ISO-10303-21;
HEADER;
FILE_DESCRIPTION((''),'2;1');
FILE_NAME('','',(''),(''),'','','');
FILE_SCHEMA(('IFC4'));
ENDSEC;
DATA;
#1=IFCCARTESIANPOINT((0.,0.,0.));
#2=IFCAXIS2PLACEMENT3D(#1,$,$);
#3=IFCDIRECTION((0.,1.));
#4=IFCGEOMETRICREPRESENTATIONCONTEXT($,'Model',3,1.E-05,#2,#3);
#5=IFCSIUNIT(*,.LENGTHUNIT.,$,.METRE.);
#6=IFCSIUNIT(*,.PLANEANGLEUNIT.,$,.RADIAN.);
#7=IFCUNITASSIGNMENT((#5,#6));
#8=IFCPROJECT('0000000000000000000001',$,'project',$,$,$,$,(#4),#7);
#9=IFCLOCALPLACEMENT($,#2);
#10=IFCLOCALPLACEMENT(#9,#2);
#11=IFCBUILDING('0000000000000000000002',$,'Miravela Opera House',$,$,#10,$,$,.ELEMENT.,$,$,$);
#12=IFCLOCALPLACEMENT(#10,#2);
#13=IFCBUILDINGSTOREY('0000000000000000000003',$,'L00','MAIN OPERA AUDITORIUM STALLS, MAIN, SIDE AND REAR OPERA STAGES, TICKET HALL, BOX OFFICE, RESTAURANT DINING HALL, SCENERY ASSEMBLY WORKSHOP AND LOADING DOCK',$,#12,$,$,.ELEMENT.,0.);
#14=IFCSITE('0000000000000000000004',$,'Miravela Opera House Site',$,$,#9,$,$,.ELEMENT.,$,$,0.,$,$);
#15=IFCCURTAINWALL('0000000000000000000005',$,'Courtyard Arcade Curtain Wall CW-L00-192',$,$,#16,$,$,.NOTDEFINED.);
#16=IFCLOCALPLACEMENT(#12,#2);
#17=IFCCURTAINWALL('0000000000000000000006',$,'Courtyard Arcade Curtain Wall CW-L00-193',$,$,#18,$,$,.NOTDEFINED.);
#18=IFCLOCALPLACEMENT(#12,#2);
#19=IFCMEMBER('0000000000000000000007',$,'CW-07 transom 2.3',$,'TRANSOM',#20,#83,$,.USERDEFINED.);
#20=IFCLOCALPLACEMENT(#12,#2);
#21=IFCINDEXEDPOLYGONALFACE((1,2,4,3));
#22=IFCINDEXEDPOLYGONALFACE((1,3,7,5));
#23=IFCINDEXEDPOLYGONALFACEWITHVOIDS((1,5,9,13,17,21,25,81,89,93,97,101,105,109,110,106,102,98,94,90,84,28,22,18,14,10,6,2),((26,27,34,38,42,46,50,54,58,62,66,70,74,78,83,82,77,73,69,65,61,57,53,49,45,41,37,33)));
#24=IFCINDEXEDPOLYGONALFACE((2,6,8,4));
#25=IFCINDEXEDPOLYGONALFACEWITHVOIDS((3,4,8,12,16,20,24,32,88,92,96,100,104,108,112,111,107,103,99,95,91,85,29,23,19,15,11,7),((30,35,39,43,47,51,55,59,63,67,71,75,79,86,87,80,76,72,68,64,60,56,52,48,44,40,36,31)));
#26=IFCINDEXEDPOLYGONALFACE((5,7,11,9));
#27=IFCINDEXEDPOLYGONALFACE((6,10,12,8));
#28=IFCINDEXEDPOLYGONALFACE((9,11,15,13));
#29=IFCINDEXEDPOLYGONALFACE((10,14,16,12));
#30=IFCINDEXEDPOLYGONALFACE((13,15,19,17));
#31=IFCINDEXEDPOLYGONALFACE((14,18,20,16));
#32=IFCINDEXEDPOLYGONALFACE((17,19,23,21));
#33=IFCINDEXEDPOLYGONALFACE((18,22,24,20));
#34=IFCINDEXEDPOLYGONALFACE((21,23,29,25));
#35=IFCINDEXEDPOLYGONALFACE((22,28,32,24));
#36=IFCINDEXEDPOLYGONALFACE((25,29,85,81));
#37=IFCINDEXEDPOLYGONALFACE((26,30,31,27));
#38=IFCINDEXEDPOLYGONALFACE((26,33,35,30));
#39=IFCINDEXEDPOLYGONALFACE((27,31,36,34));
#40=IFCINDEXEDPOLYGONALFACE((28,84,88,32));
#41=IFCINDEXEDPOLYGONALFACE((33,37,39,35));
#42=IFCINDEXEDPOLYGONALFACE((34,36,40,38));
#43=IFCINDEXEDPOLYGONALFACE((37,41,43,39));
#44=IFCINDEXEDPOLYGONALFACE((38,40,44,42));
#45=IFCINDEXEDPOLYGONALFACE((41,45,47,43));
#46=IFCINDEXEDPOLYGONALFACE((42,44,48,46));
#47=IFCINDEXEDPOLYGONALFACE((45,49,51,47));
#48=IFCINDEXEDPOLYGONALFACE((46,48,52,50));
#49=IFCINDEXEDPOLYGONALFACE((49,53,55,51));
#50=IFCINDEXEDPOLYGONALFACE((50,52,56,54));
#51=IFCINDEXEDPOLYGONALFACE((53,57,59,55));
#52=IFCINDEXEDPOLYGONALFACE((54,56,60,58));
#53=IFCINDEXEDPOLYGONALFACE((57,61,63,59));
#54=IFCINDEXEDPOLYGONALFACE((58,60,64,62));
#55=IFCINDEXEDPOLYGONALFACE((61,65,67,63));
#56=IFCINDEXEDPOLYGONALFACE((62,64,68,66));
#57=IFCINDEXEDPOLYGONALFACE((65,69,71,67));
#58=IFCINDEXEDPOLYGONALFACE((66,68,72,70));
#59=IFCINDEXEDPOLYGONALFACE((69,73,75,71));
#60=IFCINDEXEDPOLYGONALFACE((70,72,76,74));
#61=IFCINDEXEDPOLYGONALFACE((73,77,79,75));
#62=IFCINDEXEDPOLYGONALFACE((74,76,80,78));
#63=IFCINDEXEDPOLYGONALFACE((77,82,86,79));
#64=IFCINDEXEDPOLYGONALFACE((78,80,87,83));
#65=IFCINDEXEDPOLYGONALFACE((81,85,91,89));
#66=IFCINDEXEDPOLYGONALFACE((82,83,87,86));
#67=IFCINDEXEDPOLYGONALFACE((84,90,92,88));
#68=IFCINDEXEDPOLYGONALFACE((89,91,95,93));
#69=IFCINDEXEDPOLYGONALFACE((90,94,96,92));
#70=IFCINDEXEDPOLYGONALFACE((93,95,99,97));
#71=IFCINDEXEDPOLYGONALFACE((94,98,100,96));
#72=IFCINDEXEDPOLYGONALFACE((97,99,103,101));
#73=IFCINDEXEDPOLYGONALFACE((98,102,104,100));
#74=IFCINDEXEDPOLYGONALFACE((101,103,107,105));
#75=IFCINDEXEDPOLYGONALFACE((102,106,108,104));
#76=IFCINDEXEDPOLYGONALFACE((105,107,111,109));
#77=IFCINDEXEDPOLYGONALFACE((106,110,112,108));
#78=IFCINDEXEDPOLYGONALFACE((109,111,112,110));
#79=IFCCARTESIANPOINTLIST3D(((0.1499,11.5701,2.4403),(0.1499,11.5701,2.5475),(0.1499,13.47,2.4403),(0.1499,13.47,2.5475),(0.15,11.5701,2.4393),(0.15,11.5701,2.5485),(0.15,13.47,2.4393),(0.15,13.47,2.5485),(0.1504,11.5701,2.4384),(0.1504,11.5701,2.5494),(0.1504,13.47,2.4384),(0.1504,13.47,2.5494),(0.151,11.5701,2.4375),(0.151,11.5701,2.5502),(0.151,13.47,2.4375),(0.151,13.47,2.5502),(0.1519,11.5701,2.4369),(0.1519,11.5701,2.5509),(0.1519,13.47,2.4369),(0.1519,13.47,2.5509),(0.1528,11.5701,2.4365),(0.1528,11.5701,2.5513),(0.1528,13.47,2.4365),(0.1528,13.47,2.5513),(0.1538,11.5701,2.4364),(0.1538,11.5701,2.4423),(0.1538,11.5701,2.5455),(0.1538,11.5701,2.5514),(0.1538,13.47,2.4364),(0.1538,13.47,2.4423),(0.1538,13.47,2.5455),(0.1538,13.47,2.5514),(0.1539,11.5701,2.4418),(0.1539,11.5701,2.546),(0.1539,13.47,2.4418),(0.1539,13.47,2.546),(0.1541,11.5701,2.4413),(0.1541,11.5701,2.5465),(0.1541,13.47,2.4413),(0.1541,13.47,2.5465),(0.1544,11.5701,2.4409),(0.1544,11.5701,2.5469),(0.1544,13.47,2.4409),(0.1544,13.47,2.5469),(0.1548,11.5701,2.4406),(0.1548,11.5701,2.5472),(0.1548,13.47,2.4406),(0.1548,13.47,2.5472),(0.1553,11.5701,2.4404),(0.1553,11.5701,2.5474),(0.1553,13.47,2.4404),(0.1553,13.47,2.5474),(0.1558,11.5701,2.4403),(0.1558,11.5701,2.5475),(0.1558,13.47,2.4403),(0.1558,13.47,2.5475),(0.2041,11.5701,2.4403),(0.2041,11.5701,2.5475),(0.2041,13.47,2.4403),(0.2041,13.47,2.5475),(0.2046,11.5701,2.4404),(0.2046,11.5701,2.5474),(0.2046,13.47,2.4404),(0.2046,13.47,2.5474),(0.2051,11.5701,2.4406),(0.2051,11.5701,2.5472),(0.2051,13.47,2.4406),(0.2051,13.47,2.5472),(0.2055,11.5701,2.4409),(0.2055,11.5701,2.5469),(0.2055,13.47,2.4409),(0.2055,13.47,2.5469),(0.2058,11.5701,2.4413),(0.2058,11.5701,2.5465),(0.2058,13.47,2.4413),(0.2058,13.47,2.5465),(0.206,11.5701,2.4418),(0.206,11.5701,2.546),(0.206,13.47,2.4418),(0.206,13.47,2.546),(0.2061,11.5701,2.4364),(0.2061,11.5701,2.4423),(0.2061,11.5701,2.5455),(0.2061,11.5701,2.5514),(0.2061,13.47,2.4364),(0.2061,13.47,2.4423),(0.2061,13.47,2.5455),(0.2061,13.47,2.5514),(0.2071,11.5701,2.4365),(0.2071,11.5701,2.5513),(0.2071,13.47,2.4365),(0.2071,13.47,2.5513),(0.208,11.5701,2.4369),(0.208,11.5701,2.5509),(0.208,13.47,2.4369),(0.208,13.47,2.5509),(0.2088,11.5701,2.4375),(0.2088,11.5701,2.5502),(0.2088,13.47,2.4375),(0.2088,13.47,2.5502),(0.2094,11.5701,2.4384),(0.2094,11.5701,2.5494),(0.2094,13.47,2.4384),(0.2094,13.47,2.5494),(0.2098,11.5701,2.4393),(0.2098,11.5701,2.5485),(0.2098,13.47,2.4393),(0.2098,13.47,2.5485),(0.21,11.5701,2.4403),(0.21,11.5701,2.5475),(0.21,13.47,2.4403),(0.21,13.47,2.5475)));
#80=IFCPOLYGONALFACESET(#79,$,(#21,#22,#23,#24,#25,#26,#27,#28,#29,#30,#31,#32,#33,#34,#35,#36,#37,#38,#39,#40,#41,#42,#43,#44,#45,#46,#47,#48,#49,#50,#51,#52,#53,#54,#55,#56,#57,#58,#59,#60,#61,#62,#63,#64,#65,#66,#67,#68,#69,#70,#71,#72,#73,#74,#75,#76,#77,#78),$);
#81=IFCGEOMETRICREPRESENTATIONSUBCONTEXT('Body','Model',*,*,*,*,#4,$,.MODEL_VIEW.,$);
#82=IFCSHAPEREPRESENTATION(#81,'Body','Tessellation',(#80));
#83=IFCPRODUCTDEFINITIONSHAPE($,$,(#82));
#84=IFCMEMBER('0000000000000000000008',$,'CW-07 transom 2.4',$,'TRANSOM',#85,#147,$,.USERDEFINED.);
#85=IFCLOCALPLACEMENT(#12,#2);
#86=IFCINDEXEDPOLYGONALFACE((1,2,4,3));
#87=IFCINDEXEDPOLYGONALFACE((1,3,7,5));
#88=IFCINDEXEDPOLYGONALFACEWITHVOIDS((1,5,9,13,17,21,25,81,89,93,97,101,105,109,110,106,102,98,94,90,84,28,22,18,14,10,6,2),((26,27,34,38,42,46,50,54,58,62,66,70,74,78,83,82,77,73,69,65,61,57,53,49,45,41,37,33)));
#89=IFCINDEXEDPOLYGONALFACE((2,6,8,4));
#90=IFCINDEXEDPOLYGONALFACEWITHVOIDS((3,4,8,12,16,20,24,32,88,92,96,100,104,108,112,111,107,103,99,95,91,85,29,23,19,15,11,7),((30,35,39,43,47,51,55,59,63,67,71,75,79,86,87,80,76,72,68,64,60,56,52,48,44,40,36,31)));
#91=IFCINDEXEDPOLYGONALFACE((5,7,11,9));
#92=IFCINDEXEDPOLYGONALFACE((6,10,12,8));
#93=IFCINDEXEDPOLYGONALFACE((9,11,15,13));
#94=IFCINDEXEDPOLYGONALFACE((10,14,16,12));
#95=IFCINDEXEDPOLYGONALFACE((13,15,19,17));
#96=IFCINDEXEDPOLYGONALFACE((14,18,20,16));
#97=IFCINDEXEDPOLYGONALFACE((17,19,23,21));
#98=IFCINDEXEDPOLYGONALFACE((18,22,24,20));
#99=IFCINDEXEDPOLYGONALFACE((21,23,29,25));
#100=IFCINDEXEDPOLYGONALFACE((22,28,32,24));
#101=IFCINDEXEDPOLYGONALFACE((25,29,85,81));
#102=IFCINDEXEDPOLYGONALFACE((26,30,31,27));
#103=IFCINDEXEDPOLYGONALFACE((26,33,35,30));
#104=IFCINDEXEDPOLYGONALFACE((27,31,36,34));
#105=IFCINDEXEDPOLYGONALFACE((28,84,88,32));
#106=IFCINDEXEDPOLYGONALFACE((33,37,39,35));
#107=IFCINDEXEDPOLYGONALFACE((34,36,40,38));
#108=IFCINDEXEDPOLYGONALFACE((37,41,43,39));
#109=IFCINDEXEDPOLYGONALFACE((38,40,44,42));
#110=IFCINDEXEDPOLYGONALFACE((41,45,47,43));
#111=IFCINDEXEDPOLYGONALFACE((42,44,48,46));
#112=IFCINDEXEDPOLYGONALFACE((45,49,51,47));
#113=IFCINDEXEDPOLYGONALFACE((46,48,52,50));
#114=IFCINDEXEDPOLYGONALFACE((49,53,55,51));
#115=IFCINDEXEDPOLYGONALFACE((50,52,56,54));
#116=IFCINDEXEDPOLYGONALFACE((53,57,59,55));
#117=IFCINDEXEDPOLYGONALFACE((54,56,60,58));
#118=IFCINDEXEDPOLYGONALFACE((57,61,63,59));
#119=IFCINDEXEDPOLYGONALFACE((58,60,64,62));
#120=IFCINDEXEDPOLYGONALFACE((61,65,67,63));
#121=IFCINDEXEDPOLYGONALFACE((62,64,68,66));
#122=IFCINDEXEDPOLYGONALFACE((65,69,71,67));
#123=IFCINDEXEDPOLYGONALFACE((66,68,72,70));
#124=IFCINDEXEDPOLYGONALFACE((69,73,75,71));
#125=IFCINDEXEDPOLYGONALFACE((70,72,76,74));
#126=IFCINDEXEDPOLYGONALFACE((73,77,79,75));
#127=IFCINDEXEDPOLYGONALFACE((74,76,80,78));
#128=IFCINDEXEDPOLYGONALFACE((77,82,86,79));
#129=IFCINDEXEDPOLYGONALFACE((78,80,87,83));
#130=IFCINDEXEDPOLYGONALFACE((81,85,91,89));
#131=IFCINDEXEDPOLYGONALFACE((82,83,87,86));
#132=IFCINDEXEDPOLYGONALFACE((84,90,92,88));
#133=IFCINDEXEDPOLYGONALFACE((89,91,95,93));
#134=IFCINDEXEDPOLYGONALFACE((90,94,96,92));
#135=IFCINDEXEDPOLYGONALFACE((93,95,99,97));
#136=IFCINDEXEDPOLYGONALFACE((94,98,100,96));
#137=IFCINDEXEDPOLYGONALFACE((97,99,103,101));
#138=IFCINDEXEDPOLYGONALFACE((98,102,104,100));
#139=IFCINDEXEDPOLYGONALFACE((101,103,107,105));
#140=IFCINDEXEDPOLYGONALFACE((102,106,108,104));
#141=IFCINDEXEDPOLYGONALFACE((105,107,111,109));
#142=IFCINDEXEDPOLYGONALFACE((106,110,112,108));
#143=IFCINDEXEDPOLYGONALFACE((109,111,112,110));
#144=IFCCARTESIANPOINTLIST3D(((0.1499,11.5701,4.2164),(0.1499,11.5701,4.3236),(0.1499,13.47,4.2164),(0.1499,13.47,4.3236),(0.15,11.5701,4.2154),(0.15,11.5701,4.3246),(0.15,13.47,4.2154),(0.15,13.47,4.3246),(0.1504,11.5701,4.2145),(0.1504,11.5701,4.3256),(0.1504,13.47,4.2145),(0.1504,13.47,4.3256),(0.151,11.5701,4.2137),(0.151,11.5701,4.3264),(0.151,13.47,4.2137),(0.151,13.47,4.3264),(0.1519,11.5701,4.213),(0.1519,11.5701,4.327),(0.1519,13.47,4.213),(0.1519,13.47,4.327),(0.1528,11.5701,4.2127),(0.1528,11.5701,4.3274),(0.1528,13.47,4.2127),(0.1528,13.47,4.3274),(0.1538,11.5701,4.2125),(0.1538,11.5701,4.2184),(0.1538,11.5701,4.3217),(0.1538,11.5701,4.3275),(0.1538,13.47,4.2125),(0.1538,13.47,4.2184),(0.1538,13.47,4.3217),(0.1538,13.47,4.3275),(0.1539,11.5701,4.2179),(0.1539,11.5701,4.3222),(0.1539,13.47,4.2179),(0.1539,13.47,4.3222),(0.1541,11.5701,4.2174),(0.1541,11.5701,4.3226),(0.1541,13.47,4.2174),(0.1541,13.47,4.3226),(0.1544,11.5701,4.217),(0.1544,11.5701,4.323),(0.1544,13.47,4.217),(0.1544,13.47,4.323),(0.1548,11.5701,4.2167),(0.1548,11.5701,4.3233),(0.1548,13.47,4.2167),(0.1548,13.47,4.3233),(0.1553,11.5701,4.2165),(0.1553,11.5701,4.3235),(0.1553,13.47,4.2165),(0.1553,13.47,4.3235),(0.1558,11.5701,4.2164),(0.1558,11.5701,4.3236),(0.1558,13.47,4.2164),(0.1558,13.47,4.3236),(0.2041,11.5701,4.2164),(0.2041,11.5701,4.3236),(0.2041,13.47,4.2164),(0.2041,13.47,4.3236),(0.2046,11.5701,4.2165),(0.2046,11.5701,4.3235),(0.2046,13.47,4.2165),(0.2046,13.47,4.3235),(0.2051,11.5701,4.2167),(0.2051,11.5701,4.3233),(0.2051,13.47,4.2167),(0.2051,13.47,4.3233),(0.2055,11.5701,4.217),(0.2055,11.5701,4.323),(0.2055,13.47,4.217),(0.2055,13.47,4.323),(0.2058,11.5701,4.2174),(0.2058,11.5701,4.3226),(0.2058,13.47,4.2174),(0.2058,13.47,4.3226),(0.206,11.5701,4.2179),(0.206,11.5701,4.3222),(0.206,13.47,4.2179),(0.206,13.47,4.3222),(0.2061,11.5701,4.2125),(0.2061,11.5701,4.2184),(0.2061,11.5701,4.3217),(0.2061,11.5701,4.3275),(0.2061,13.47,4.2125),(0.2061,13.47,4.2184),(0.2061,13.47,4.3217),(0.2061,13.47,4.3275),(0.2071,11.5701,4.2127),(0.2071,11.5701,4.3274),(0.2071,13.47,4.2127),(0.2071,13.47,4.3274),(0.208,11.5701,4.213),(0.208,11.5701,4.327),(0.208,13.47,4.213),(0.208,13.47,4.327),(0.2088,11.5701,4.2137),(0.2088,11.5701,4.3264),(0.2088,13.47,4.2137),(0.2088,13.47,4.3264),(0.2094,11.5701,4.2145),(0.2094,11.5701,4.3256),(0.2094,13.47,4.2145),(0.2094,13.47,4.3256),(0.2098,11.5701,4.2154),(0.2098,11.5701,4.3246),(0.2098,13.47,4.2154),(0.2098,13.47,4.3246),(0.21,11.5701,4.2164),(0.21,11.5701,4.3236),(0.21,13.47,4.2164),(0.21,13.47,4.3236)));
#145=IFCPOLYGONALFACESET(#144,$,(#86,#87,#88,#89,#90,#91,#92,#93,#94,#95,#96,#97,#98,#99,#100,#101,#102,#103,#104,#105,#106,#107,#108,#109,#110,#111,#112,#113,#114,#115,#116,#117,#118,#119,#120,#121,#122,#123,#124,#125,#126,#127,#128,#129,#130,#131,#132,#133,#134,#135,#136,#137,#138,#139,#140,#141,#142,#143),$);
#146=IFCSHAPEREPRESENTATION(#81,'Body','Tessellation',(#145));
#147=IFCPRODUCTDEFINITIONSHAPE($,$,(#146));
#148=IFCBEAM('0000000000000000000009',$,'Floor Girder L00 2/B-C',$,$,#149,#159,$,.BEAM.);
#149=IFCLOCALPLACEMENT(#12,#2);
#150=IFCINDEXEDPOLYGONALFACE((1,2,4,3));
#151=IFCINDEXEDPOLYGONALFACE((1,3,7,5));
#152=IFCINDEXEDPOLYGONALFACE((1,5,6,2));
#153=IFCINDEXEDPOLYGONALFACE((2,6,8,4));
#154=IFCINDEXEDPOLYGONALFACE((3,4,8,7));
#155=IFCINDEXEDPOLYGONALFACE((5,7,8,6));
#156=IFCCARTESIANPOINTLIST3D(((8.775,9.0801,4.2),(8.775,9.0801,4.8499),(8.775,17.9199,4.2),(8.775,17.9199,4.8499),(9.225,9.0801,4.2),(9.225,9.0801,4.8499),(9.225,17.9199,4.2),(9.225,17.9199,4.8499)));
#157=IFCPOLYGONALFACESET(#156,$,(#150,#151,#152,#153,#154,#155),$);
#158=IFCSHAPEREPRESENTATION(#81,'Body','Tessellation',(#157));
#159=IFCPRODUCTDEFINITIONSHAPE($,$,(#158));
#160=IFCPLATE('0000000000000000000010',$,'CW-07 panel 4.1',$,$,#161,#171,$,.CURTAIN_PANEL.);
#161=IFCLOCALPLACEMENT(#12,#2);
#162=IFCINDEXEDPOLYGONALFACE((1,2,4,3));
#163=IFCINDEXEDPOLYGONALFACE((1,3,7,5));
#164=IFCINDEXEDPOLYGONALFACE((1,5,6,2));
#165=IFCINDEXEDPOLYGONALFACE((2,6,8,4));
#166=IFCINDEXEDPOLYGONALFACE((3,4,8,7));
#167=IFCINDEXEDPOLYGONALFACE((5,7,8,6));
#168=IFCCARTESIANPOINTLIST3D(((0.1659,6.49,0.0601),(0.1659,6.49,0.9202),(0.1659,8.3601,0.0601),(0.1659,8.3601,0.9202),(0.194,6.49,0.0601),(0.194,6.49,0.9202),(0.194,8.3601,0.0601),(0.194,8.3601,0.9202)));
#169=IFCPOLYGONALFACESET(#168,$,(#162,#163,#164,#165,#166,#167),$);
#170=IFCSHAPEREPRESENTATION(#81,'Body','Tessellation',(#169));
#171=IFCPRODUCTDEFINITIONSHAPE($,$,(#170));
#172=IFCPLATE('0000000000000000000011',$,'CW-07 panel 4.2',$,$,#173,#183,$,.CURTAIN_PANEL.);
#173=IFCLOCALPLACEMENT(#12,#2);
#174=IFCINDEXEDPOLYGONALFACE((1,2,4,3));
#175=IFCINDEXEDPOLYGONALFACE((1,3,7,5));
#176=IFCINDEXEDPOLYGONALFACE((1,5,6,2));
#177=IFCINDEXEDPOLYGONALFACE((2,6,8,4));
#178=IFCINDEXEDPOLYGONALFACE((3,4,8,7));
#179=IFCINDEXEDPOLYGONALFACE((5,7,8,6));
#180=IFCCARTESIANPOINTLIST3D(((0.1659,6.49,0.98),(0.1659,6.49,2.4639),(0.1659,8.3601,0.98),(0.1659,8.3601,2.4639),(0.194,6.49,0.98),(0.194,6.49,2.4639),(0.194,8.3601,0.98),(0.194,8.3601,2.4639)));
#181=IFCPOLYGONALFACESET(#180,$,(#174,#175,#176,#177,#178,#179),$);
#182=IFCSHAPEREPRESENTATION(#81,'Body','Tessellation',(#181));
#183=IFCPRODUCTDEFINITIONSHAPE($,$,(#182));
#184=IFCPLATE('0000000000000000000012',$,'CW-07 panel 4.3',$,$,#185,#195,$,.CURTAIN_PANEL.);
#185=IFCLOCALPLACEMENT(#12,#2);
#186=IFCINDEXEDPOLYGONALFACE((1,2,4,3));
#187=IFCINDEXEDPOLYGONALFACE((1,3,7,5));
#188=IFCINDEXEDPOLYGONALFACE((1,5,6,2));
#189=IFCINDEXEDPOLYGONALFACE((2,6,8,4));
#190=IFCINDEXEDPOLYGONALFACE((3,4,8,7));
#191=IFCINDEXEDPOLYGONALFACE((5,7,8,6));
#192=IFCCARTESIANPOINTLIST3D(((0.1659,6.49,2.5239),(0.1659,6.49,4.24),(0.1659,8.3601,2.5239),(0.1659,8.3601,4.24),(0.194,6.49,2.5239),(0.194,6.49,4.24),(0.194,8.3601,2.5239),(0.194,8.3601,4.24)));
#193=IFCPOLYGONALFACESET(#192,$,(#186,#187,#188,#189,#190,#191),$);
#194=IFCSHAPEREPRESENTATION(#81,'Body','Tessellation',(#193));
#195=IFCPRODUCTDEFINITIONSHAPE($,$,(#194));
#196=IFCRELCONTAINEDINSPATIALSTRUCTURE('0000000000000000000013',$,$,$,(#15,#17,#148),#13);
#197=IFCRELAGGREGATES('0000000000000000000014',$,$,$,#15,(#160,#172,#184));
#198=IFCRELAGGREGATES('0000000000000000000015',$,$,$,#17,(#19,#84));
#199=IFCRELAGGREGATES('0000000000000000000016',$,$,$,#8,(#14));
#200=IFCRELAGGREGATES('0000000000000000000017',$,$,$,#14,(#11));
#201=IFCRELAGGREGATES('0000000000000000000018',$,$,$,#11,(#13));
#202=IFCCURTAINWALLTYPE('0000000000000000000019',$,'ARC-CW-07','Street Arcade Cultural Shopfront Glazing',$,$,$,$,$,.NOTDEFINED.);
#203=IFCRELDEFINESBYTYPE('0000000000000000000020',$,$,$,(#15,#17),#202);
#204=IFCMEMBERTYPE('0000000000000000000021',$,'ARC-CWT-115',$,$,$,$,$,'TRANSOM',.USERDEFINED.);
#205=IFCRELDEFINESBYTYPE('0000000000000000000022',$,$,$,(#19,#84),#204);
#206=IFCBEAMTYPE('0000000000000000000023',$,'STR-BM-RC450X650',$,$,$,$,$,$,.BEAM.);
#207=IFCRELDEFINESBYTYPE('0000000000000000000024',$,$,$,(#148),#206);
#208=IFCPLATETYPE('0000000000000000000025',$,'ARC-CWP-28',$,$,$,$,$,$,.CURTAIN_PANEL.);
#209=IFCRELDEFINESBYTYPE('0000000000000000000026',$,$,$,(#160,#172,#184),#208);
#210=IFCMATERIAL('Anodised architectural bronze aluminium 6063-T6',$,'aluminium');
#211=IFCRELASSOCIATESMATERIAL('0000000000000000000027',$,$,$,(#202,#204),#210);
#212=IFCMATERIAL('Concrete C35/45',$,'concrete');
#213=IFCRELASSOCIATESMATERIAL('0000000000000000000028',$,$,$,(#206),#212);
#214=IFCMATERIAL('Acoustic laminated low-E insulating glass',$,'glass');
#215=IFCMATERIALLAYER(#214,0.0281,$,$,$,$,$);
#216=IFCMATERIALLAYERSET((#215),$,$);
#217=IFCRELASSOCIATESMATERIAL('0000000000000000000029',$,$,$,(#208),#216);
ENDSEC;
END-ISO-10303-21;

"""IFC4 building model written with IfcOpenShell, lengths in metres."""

from ifc_helpers import new_model, si_unit, direction, frame, origin, origin_2d, place, context, subcontext, project, spatial, rectangle, hollow_rectangle, extrude, material, layer, layer_set, material_profile, profile_set, type_object, element, aggregate, save


model = new_model("IFC4")

# Units and contexts
model_context = context("Model", 3, precision=1e-05, world=origin(), true_north=direction((0.0, 1.0)))
body_context = subcontext(model_context, "Body", "Model", "MODEL_VIEW")
ifc_project = project(units=[si_unit("LENGTHUNIT", "METRE"), si_unit("PLANEANGLEUNIT", "RADIAN")], contexts=[model_context])

# Site, building, storey
site_placement = place(None, origin())
site = spatial("IfcSite", under=ifc_project, at=site_placement, Name="Miravela Opera House Site", CompositionType="ELEMENT", RefElevation=0.0)
building_placement = place(site_placement, origin())
building = spatial("IfcBuilding", under=site, at=building_placement, Name="Miravela Opera House", CompositionType="ELEMENT")
storey_placement = place(building_placement, origin())
storey = spatial("IfcBuildingStorey", under=building, at=storey_placement, Name="L00", Description="MAIN OPERA AUDITORIUM STALLS, MAIN, SIDE AND REAR OPERA STAGES, TICKET HALL, BOX OFFICE, RESTAURANT DINING HALL, SCENERY ASSEMBLY WORKSHOP AND LOADING DOCK", CompositionType="ELEMENT", Elevation=0.0)

# Curtain wall
ifc_material_1 = material(Name="Anodised architectural bronze aluminium 6063-T6", Category="aluminium")
curtain_wall_type = type_object("IfcCurtainWallType", Name="ARC-CW-07", Description="Street Arcade Cultural Shopfront Glazing", PredefinedType="NOTDEFINED", material=ifc_material_1)
curtain_wall_1_placement = place(storey_placement, origin())
curtain_wall_1 = element("IfcCurtainWall", 1, at=curtain_wall_1_placement, inside=storey, type_object=curtain_wall_type, Name="Courtyard Arcade Curtain Wall CW-L00-192", PredefinedType="NOTDEFINED")

# Curtain wall
curtain_wall_2_placement = place(storey_placement, origin())
curtain_wall_2 = element("IfcCurtainWall", 2, at=curtain_wall_2_placement, inside=storey, type_object=curtain_wall_type, Name="Courtyard Arcade Curtain Wall CW-L00-193", PredefinedType="NOTDEFINED")

# Members
ifc_material_profile_1 = material_profile(ifc_material_1, hollow_rectangle(XDim=0.0601, YDim=0.115, WallThickness=0.0039, InnerFilletRadius=0.002, OuterFilletRadius=0.0039, at=origin_2d()), Name="CWT-60X115")
ifc_profile_set_1 = profile_set([ifc_material_profile_1])
member_type_1 = type_object("IfcMemberType", Name="ARC-CWT-115", ElementType="TRANSOM", PredefinedType="USERDEFINED", material=ifc_profile_set_1)
member_1_placement = place(storey_placement, frame((0.1799, 11.5701, 2.4939), z_axis=(0.0, 1.0, 0.0), x_axis=(-1.0, 0.0, 0.0)))
member_1 = element("IfcMember", 3, at=member_1_placement, type_object=member_type_1, Name="CW-07 transom 2.3", ObjectType="TRANSOM", PredefinedType="USERDEFINED", context=body_context, shape_type="SweptSolid", body=[
    extrude(hollow_rectangle(XDim=0.0601, YDim=0.115, WallThickness=0.0039, InnerFilletRadius=0.002, OuterFilletRadius=0.0039, at=origin_2d()), origin(), (0.0, 0.0, 1.0), 1.8999),
])
member_2_placement = place(storey_placement, frame((0.1799, 11.5701, 4.27), z_axis=(0.0, 1.0, 0.0), x_axis=(-1.0, 0.0, 0.0)))
member_2 = element("IfcMember", 4, at=member_2_placement, type_object=member_type_1, Name="CW-07 transom 2.4", ObjectType="TRANSOM", PredefinedType="USERDEFINED", context=body_context, shape_type="SweptSolid", body=[
    extrude(hollow_rectangle(XDim=0.0601, YDim=0.115, WallThickness=0.0039, InnerFilletRadius=0.002, OuterFilletRadius=0.0039, at=origin_2d()), origin(), (0.0, 0.0, 1.0), 1.8999),
])

# Beam
ifc_material_2 = material(Name="Concrete C35/45", Category="concrete")
ifc_material_profile_2 = material_profile(ifc_material_2, rectangle(XDim=0.45, YDim=0.6499, at=origin_2d()), Name="RC-BM-450X650")
ifc_profile_set_2 = profile_set([ifc_material_profile_2])
beam_type = type_object("IfcBeamType", Name="STR-BM-RC450X650", PredefinedType="BEAM", material=ifc_profile_set_2)
beam_placement = place(storey_placement, frame((9.0, 9.0801, 4.5249), z_axis=(0.0, 1.0, 0.0), x_axis=(-1.0, 0.0, 0.0)))
element("IfcBeam", 5, at=beam_placement, inside=storey, type_object=beam_type, Name="Floor Girder L00 2/B-C", PredefinedType="BEAM", context=body_context, shape_type="SweptSolid", body=[
    extrude(rectangle(XDim=0.45, YDim=0.6499, at=origin_2d()), origin(), (0.0, 0.0, 1.0), 8.8398),
])

# Plates
ifc_material_3 = material(Name="Acoustic laminated low-E insulating glass", Category="glass")
ifc_layer_1 = layer(ifc_material_3, 0.0281)
ifc_layer_set_1 = layer_set([ifc_layer_1])
plate_type = type_object("IfcPlateType", Name="ARC-CWP-28", PredefinedType="CURTAIN_PANEL", material=ifc_layer_set_1)
plate_1_placement = place(storey_placement, frame((0.1799, 7.425, 0.0601), z_axis=(0.0, 0.0, 1.0), x_axis=(0.0, 1.0, 0.0)))
plate_1 = element("IfcPlate", 6, at=plate_1_placement, type_object=plate_type, Name="CW-07 panel 4.1", PredefinedType="CURTAIN_PANEL", context=body_context, shape_type="SweptSolid", body=[
    extrude(rectangle(XDim=1.8701, YDim=0.0281, at=origin_2d()), origin(), (0.0, 0.0, 1.0), 0.8601),
])
plate_2_placement = place(storey_placement, frame((0.1799, 7.425, 0.98), z_axis=(0.0, 0.0, 1.0), x_axis=(0.0, 1.0, 0.0)))
plate_2 = element("IfcPlate", 7, at=plate_2_placement, type_object=plate_type, Name="CW-07 panel 4.2", PredefinedType="CURTAIN_PANEL", context=body_context, shape_type="SweptSolid", body=[
    extrude(rectangle(XDim=1.8701, YDim=0.0281, at=origin_2d()), origin(), (0.0, 0.0, 1.0), 1.4839),
])
plate_3_placement = place(storey_placement, frame((0.1799, 7.425, 2.5239), z_axis=(0.0, 0.0, 1.0), x_axis=(0.0, 1.0, 0.0)))
plate_3 = element("IfcPlate", 8, at=plate_3_placement, type_object=plate_type, Name="CW-07 panel 4.3", PredefinedType="CURTAIN_PANEL", context=body_context, shape_type="SweptSolid", body=[
    extrude(rectangle(XDim=1.8701, YDim=0.0281, at=origin_2d()), origin(), (0.0, 0.0, 1.0), 1.7161),
])
aggregate(curtain_wall_1, [plate_1, plate_2, plate_3])
aggregate(curtain_wall_2, [member_1, member_2])

save(model, "model.ifc")
